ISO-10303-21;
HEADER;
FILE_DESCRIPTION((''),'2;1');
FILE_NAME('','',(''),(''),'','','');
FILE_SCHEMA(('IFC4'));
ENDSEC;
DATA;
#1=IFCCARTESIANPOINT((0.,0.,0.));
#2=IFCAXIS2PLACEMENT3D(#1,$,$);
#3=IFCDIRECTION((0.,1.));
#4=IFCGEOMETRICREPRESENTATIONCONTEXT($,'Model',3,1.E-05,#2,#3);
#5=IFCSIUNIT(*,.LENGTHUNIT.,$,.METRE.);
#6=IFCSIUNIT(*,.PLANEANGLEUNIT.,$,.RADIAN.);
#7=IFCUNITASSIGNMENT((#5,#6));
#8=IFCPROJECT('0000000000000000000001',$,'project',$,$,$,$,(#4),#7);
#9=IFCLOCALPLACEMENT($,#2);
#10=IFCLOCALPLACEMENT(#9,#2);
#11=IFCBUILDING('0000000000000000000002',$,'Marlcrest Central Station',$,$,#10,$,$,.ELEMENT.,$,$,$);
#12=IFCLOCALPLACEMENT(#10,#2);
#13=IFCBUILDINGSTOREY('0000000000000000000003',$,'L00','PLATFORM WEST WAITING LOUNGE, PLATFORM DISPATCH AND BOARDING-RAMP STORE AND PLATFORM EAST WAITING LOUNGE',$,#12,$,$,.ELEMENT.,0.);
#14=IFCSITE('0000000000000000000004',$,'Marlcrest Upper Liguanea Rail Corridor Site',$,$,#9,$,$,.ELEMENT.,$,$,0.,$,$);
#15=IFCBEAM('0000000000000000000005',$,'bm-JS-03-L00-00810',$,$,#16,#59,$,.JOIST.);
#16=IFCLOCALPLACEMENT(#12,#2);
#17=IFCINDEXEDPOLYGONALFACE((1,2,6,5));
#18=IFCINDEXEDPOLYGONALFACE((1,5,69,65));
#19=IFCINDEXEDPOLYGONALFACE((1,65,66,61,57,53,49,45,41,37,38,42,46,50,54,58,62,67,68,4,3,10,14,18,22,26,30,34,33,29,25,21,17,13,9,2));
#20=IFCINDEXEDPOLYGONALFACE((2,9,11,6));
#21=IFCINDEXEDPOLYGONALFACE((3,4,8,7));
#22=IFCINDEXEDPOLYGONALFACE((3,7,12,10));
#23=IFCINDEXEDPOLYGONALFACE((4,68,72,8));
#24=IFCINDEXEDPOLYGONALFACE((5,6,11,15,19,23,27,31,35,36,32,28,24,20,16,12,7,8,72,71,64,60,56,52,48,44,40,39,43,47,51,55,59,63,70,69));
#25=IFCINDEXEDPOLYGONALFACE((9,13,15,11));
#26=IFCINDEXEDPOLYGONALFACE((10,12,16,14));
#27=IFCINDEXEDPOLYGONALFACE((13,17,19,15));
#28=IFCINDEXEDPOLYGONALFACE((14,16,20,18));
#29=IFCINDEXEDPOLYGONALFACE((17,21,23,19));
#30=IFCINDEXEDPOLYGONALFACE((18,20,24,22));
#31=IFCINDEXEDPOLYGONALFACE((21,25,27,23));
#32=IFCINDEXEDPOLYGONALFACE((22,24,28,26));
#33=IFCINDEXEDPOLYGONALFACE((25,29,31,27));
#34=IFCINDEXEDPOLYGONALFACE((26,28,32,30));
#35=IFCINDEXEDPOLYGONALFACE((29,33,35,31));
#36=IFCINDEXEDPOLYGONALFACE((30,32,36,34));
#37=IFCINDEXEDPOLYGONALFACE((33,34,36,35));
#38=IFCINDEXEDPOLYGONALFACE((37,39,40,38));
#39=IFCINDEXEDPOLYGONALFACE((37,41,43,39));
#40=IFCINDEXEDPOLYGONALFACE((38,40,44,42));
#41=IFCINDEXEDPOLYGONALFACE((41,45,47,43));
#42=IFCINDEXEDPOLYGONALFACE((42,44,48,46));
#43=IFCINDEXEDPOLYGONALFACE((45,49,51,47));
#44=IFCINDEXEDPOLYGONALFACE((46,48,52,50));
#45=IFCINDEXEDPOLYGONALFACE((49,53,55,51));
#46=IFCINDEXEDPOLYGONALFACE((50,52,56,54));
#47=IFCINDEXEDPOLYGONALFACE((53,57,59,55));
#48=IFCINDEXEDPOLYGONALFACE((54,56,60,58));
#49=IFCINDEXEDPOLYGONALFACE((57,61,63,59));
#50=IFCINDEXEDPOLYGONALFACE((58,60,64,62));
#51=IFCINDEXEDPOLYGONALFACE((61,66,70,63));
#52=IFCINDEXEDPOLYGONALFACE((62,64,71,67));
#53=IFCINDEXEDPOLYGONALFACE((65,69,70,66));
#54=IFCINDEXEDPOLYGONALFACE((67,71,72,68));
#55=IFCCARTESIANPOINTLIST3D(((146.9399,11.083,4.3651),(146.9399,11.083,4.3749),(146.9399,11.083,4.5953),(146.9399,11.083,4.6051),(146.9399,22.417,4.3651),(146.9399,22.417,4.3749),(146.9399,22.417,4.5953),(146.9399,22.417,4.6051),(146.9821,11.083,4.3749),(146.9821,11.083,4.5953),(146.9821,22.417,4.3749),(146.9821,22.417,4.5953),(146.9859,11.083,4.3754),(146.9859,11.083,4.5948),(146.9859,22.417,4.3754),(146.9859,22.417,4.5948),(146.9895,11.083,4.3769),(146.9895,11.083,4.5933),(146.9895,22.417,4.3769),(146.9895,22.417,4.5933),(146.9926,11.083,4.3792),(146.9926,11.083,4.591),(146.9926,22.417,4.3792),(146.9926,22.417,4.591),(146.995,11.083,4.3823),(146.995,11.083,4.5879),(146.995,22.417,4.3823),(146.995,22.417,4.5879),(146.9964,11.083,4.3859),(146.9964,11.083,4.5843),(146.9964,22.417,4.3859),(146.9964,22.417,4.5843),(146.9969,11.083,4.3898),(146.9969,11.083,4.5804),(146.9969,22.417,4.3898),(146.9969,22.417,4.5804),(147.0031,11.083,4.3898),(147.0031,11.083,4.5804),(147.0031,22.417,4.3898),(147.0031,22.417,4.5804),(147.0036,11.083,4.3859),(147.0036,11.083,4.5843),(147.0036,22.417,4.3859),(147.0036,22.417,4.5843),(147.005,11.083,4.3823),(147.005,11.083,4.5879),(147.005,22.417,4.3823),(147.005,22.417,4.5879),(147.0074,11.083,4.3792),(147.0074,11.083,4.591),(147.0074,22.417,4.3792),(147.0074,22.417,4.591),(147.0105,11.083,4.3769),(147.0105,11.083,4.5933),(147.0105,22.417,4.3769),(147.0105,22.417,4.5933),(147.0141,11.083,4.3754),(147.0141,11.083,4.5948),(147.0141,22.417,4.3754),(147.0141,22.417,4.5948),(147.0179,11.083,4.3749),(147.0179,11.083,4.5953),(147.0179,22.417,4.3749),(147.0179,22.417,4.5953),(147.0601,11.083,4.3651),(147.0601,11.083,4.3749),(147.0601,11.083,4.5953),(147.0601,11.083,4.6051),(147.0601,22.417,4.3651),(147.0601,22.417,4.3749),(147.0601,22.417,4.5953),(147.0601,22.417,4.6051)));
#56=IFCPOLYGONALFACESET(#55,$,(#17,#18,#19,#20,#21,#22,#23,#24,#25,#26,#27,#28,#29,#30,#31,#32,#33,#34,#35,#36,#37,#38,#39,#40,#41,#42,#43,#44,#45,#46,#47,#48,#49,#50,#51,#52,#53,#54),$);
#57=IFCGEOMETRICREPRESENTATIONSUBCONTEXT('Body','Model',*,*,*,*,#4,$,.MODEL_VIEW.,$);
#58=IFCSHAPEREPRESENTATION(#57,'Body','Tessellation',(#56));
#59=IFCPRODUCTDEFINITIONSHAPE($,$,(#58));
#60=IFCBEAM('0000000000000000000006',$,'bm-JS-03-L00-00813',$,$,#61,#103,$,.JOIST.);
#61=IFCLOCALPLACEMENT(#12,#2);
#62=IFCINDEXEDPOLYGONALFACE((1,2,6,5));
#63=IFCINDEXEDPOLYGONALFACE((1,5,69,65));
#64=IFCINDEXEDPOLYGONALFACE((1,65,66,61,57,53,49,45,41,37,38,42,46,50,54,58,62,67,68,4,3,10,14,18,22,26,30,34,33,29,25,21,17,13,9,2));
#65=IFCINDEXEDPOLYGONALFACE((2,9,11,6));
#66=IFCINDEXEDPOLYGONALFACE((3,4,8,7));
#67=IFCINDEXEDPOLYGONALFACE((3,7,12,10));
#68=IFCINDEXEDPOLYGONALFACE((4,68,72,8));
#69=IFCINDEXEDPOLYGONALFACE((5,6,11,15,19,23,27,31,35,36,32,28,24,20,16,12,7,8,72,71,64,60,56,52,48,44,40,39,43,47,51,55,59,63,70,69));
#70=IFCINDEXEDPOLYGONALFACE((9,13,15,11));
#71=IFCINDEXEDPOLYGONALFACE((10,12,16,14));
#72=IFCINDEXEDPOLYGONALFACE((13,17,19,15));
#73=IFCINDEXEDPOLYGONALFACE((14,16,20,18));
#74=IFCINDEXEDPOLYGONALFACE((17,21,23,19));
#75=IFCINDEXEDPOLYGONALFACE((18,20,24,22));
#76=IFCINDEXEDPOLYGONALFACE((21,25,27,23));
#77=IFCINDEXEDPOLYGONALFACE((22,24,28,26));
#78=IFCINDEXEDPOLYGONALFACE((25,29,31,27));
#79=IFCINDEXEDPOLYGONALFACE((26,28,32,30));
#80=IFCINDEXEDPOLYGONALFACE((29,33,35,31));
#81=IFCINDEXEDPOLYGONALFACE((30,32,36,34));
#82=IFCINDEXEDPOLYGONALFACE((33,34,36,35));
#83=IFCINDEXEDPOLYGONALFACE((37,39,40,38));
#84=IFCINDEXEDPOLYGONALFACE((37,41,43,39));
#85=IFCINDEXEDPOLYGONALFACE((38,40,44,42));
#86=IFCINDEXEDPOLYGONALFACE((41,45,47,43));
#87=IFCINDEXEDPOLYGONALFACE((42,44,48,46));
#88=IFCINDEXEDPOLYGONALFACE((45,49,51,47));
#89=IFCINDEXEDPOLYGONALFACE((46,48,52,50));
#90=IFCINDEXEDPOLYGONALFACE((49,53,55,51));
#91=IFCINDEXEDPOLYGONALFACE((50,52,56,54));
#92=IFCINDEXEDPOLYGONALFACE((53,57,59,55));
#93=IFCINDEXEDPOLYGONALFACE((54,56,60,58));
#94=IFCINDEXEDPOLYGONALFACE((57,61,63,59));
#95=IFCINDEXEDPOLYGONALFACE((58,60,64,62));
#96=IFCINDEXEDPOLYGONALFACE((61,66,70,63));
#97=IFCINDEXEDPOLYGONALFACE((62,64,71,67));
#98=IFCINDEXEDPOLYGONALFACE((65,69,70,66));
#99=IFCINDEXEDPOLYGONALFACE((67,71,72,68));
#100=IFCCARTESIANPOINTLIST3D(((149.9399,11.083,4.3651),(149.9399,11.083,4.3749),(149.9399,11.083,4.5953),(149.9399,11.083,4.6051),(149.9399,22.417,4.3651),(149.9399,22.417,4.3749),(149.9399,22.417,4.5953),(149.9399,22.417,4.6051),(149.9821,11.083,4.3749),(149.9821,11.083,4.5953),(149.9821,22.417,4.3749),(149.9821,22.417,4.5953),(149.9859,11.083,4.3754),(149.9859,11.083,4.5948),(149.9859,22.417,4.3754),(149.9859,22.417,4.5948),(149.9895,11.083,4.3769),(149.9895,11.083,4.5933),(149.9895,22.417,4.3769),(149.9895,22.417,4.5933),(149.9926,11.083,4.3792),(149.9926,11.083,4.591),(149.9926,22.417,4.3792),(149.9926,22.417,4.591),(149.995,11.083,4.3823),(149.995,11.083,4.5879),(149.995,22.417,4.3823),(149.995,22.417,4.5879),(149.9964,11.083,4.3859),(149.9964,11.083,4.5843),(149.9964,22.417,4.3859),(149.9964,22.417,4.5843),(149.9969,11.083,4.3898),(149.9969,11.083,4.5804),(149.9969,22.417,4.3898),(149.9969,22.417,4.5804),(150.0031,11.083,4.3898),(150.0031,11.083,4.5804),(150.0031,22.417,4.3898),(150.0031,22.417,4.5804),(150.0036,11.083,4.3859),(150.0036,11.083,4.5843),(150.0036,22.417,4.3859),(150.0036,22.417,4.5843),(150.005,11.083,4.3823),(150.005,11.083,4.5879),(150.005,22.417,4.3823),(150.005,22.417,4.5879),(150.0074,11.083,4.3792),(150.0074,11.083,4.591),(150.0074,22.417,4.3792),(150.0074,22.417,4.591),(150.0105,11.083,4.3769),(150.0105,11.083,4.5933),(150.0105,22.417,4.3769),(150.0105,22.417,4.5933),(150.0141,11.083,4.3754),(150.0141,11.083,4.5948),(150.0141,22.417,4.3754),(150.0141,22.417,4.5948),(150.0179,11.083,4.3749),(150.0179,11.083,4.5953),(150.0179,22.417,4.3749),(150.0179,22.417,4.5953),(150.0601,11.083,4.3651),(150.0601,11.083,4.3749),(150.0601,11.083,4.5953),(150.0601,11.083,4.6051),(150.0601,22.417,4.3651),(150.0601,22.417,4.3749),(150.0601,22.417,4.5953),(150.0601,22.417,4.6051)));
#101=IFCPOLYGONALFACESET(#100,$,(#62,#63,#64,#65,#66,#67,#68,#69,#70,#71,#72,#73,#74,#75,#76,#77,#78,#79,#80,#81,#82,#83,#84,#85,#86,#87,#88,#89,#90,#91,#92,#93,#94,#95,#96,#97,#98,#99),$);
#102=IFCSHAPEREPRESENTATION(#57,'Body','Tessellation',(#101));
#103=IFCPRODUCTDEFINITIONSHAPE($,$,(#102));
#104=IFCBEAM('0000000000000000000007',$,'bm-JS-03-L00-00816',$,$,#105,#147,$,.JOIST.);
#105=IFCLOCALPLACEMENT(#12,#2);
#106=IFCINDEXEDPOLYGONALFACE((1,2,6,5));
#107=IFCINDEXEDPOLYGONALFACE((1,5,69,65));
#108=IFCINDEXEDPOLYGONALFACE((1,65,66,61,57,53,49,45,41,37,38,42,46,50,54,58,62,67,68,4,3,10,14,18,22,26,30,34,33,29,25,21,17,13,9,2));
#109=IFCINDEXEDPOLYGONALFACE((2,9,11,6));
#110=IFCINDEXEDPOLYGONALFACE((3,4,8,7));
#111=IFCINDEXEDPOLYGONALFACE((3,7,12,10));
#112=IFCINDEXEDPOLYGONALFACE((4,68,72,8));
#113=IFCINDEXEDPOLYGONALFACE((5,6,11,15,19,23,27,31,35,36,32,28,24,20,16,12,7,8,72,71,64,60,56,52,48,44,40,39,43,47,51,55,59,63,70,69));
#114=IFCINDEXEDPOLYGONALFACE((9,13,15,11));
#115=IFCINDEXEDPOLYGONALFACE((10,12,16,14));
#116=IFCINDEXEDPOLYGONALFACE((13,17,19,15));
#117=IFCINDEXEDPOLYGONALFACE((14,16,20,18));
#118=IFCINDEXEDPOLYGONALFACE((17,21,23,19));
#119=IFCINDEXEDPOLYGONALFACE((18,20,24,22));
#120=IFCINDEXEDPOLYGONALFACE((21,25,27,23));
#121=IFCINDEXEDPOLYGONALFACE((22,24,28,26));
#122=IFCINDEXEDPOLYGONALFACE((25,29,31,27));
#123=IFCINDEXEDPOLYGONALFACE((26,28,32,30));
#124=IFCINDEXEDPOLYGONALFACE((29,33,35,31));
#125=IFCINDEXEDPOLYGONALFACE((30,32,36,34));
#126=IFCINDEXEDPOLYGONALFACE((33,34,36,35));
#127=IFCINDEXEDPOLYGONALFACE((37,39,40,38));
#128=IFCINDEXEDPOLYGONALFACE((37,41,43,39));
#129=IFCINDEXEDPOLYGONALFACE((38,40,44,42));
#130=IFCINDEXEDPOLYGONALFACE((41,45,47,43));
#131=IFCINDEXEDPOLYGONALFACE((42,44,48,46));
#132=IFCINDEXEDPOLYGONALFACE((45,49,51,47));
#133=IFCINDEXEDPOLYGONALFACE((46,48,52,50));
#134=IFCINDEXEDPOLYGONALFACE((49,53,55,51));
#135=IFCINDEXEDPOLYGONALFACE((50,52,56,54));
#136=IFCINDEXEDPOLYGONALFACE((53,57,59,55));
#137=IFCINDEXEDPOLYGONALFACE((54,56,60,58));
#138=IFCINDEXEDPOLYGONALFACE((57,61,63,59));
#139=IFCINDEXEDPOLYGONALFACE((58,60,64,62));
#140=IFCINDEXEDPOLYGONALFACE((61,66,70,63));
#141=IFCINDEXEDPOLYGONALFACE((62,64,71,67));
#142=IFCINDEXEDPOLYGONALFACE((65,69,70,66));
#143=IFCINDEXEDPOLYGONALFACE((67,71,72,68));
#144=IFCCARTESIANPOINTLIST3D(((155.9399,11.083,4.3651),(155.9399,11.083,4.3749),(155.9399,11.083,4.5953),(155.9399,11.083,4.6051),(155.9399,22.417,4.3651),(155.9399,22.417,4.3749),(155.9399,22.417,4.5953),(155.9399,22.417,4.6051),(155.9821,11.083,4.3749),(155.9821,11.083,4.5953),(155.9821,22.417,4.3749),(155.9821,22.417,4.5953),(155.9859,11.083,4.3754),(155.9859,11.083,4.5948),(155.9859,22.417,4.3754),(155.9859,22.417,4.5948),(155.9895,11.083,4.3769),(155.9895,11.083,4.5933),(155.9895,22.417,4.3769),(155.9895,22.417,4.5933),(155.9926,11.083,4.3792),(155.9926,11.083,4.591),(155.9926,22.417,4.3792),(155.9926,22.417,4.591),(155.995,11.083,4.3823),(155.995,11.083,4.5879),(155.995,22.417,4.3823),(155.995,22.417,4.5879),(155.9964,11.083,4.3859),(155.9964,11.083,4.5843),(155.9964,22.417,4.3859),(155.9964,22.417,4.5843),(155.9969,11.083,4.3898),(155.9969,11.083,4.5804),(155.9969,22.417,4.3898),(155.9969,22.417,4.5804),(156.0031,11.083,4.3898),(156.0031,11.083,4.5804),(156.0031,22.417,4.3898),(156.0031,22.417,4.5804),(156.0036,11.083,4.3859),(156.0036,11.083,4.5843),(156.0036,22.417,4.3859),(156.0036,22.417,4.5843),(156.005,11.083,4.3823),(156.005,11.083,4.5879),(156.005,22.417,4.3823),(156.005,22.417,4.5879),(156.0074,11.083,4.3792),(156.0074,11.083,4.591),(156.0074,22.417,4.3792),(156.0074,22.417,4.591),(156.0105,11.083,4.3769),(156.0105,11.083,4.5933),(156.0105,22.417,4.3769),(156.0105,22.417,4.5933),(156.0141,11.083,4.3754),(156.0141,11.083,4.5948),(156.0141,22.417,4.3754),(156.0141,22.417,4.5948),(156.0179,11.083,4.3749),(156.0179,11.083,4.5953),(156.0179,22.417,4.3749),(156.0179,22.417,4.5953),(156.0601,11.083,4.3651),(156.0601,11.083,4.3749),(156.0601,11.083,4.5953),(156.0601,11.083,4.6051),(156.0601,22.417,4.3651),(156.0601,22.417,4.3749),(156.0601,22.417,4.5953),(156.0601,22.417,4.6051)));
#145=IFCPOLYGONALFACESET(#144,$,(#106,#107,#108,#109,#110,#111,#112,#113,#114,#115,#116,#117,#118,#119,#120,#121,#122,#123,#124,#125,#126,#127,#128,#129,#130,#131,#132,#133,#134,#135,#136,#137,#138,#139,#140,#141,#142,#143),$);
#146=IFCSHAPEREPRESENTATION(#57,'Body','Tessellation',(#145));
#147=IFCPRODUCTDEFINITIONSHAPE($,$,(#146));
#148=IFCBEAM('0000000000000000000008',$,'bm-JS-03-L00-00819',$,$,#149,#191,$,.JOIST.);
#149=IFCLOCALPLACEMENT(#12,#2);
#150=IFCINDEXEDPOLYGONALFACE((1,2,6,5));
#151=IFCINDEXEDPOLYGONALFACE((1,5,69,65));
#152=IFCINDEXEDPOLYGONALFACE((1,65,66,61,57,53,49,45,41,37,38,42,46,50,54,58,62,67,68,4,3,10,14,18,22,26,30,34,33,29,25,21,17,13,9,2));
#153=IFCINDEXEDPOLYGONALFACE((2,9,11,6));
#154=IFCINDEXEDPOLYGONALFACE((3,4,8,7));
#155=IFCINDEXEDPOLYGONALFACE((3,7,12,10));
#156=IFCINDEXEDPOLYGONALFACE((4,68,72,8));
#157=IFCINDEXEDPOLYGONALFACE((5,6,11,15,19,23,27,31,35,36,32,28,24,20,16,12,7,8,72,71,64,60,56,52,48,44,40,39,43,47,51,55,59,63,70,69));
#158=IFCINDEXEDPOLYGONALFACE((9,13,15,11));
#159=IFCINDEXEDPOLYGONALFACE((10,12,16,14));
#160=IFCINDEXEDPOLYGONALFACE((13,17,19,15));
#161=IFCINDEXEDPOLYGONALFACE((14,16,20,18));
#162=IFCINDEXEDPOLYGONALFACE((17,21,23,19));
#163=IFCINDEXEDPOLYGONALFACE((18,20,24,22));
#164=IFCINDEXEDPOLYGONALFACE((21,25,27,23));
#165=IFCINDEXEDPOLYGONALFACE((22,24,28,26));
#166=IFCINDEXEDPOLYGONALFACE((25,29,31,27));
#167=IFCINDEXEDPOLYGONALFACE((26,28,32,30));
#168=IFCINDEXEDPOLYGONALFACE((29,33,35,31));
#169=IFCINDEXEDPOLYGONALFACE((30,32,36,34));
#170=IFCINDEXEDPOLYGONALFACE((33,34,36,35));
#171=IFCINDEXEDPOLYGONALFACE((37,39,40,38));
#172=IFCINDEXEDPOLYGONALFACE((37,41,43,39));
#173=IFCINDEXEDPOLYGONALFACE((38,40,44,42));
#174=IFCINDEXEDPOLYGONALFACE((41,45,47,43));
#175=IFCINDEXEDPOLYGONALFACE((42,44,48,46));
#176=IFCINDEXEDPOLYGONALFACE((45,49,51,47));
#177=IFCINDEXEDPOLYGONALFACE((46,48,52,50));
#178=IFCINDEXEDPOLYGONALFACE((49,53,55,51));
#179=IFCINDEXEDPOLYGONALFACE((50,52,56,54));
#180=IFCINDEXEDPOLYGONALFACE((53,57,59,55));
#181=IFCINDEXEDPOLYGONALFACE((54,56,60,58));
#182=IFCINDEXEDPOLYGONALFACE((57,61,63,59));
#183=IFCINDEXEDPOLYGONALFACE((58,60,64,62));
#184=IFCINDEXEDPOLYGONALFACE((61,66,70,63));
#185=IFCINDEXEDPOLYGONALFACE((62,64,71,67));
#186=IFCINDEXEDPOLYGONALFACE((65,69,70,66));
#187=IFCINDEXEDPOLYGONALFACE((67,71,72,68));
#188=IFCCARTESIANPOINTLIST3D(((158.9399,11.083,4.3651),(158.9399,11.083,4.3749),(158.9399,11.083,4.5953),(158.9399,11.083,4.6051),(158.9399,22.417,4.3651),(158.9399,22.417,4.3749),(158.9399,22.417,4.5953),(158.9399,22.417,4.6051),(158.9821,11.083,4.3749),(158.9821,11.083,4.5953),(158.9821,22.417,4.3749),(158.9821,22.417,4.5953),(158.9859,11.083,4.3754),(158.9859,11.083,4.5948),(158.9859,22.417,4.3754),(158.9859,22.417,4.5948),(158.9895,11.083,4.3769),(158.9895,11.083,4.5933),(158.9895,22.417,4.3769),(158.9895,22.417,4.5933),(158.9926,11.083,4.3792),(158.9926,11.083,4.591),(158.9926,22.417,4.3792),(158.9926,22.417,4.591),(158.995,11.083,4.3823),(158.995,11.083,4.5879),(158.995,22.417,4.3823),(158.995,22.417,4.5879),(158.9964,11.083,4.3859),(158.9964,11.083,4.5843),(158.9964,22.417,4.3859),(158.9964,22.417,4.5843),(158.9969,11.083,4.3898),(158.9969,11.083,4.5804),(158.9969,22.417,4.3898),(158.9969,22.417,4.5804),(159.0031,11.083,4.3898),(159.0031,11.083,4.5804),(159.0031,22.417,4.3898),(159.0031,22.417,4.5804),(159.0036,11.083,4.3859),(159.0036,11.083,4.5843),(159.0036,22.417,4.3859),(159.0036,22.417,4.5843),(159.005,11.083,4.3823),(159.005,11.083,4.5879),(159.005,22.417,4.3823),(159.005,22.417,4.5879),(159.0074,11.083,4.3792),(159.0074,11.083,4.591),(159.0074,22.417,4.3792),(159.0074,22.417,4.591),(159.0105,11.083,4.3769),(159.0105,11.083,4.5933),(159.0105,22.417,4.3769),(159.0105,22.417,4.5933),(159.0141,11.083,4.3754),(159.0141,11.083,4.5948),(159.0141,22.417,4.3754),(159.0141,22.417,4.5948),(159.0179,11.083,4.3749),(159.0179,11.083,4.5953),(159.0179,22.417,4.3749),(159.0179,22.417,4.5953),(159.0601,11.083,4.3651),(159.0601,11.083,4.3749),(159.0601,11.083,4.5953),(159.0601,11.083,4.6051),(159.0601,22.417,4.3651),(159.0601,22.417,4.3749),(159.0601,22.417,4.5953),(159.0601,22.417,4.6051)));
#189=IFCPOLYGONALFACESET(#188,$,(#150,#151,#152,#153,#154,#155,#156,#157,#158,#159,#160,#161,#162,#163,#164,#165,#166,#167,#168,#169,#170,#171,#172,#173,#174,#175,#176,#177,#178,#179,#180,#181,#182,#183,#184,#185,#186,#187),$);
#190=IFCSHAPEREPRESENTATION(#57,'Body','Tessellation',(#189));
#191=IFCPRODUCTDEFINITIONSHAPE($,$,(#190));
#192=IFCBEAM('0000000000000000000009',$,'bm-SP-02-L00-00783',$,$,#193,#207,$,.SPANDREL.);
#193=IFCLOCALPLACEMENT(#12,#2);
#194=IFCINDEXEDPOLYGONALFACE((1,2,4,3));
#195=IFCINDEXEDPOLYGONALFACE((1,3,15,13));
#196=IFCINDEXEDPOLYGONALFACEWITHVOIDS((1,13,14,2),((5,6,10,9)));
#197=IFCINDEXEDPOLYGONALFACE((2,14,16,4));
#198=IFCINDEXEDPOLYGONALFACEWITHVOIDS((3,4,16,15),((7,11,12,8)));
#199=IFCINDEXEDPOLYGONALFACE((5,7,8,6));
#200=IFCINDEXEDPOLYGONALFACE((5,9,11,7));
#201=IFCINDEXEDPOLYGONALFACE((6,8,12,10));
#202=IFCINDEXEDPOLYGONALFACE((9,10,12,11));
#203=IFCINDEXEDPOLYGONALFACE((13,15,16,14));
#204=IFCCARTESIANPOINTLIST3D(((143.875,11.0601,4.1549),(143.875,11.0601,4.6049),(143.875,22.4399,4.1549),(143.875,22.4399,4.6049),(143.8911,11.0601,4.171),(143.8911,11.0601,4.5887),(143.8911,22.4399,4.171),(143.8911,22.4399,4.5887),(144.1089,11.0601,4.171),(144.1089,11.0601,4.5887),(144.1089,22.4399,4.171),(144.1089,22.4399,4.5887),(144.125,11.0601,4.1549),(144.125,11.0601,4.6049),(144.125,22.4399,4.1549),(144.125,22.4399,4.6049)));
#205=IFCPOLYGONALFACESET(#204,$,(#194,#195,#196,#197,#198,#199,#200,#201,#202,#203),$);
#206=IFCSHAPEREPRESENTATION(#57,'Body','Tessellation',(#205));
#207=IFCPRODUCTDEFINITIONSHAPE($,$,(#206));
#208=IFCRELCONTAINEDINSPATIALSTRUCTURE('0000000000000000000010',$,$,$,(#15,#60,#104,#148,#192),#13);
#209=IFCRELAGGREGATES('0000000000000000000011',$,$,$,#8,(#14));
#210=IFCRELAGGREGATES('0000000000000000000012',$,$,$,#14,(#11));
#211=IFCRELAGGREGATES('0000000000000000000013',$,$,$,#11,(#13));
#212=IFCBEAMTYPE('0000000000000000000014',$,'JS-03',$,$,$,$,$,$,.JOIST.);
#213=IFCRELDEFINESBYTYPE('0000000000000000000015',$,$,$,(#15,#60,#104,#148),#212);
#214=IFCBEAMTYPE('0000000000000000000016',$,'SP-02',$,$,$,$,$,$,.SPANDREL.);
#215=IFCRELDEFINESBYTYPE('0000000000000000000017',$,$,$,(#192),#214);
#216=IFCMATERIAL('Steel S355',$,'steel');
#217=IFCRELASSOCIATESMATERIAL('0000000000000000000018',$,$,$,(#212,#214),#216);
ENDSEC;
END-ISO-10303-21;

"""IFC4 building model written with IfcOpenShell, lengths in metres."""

from ifc_helpers import new_model, si_unit, direction, frame, origin, origin_2d, place, context, subcontext, project, spatial, hollow_rectangle, i_section, extrude, material, material_profile, profile_set, type_object, element, save


model = new_model("IFC4")

# Units and contexts
model_context = context("Model", 3, precision=1e-05, world=origin(), true_north=direction((0.0, 1.0)))
body_context = subcontext(model_context, "Body", "Model", "MODEL_VIEW")
ifc_project = project(units=[si_unit("LENGTHUNIT", "METRE"), si_unit("PLANEANGLEUNIT", "RADIAN")], contexts=[model_context])

# Site, building, storey
site_placement = place(None, origin())
site = spatial("IfcSite", under=ifc_project, at=site_placement, Name="Marlcrest Upper Liguanea Rail Corridor Site", CompositionType="ELEMENT", RefElevation=0.0)
building_placement = place(site_placement, origin())
building = spatial("IfcBuilding", under=site, at=building_placement, Name="Marlcrest Central Station", CompositionType="ELEMENT")
storey_placement = place(building_placement, origin())
storey = spatial("IfcBuildingStorey", under=building, at=storey_placement, Name="L00", Description="PLATFORM WEST WAITING LOUNGE, PLATFORM DISPATCH AND BOARDING-RAMP STORE AND PLATFORM EAST WAITING LOUNGE", CompositionType="ELEMENT", Elevation=0.0)

# Shared definitions
ifc_material_1 = material(Name="Steel S355", Category="steel")

# Beams
ifc_material_profile_1 = material_profile(ifc_material_1, i_section(OverallWidth=0.1201, OverallDepth=0.24, WebThickness=0.0061, FlangeThickness=0.0098, FilletRadius=0.0149, at=origin_2d()), Name="IPE 240")
ifc_profile_set_1 = profile_set([ifc_material_profile_1], Name="Steel S355")
beam_type_1 = type_object("IfcBeamType", Name="JS-03", PredefinedType="JOIST", material=ifc_profile_set_1)
for number, where, z_axis, x_axis, name in (
    (1, (147.0, 11.083, 4.4851), (0.0, 1.0, 0.0), (-1.0, 0.0, 0.0), "bm-JS-03-L00-00810"),
    (2, (150.0, 11.083, 4.4851), (0.0, 1.0, 0.0), (-1.0, 0.0, 0.0), "bm-JS-03-L00-00813"),
    (3, (156.0, 11.083, 4.4851), (0.0, 1.0, 0.0), (-1.0, 0.0, 0.0), "bm-JS-03-L00-00816"),
    (4, (159.0, 11.083, 4.4851), (0.0, 1.0, 0.0), (-1.0, 0.0, 0.0), "bm-JS-03-L00-00819"),
):
    element("IfcBeam", number, at=place(storey_placement, frame(where, z_axis=z_axis, x_axis=x_axis)), inside=storey, type_object=beam_type_1, Name=name, PredefinedType="JOIST", context=body_context, shape_type="SweptSolid", body=[
        extrude(i_section(OverallWidth=0.1201, OverallDepth=0.24, WebThickness=0.0061, FlangeThickness=0.0098, FilletRadius=0.0149, at=origin_2d()), origin(), (0.0, 0.0, 1.0), 11.334),
    ])
ifc_material_profile_2 = material_profile(ifc_material_1, hollow_rectangle(XDim=0.25, YDim=0.45, WallThickness=0.0161, at=origin_2d()), Name="RHS 450x250x16")
ifc_profile_set_2 = profile_set([ifc_material_profile_2], Name="Steel S355")
beam_type_2 = type_object("IfcBeamType", Name="SP-02", PredefinedType="SPANDREL", material=ifc_profile_set_2)
beam_1_placement = place(storey_placement, frame((144.0, 11.0601, 4.3799), z_axis=(0.0, 1.0, 0.0), x_axis=(-1.0, 0.0, 0.0)))
element("IfcBeam", 5, at=beam_1_placement, inside=storey, type_object=beam_type_2, Name="bm-SP-02-L00-00783", PredefinedType="SPANDREL", context=body_context, shape_type="SweptSolid", body=[
    extrude(hollow_rectangle(XDim=0.25, YDim=0.45, WallThickness=0.0161, at=origin_2d()), origin(), (0.0, 0.0, 1.0), 11.3799),
])

save(model, "model.ifc")
